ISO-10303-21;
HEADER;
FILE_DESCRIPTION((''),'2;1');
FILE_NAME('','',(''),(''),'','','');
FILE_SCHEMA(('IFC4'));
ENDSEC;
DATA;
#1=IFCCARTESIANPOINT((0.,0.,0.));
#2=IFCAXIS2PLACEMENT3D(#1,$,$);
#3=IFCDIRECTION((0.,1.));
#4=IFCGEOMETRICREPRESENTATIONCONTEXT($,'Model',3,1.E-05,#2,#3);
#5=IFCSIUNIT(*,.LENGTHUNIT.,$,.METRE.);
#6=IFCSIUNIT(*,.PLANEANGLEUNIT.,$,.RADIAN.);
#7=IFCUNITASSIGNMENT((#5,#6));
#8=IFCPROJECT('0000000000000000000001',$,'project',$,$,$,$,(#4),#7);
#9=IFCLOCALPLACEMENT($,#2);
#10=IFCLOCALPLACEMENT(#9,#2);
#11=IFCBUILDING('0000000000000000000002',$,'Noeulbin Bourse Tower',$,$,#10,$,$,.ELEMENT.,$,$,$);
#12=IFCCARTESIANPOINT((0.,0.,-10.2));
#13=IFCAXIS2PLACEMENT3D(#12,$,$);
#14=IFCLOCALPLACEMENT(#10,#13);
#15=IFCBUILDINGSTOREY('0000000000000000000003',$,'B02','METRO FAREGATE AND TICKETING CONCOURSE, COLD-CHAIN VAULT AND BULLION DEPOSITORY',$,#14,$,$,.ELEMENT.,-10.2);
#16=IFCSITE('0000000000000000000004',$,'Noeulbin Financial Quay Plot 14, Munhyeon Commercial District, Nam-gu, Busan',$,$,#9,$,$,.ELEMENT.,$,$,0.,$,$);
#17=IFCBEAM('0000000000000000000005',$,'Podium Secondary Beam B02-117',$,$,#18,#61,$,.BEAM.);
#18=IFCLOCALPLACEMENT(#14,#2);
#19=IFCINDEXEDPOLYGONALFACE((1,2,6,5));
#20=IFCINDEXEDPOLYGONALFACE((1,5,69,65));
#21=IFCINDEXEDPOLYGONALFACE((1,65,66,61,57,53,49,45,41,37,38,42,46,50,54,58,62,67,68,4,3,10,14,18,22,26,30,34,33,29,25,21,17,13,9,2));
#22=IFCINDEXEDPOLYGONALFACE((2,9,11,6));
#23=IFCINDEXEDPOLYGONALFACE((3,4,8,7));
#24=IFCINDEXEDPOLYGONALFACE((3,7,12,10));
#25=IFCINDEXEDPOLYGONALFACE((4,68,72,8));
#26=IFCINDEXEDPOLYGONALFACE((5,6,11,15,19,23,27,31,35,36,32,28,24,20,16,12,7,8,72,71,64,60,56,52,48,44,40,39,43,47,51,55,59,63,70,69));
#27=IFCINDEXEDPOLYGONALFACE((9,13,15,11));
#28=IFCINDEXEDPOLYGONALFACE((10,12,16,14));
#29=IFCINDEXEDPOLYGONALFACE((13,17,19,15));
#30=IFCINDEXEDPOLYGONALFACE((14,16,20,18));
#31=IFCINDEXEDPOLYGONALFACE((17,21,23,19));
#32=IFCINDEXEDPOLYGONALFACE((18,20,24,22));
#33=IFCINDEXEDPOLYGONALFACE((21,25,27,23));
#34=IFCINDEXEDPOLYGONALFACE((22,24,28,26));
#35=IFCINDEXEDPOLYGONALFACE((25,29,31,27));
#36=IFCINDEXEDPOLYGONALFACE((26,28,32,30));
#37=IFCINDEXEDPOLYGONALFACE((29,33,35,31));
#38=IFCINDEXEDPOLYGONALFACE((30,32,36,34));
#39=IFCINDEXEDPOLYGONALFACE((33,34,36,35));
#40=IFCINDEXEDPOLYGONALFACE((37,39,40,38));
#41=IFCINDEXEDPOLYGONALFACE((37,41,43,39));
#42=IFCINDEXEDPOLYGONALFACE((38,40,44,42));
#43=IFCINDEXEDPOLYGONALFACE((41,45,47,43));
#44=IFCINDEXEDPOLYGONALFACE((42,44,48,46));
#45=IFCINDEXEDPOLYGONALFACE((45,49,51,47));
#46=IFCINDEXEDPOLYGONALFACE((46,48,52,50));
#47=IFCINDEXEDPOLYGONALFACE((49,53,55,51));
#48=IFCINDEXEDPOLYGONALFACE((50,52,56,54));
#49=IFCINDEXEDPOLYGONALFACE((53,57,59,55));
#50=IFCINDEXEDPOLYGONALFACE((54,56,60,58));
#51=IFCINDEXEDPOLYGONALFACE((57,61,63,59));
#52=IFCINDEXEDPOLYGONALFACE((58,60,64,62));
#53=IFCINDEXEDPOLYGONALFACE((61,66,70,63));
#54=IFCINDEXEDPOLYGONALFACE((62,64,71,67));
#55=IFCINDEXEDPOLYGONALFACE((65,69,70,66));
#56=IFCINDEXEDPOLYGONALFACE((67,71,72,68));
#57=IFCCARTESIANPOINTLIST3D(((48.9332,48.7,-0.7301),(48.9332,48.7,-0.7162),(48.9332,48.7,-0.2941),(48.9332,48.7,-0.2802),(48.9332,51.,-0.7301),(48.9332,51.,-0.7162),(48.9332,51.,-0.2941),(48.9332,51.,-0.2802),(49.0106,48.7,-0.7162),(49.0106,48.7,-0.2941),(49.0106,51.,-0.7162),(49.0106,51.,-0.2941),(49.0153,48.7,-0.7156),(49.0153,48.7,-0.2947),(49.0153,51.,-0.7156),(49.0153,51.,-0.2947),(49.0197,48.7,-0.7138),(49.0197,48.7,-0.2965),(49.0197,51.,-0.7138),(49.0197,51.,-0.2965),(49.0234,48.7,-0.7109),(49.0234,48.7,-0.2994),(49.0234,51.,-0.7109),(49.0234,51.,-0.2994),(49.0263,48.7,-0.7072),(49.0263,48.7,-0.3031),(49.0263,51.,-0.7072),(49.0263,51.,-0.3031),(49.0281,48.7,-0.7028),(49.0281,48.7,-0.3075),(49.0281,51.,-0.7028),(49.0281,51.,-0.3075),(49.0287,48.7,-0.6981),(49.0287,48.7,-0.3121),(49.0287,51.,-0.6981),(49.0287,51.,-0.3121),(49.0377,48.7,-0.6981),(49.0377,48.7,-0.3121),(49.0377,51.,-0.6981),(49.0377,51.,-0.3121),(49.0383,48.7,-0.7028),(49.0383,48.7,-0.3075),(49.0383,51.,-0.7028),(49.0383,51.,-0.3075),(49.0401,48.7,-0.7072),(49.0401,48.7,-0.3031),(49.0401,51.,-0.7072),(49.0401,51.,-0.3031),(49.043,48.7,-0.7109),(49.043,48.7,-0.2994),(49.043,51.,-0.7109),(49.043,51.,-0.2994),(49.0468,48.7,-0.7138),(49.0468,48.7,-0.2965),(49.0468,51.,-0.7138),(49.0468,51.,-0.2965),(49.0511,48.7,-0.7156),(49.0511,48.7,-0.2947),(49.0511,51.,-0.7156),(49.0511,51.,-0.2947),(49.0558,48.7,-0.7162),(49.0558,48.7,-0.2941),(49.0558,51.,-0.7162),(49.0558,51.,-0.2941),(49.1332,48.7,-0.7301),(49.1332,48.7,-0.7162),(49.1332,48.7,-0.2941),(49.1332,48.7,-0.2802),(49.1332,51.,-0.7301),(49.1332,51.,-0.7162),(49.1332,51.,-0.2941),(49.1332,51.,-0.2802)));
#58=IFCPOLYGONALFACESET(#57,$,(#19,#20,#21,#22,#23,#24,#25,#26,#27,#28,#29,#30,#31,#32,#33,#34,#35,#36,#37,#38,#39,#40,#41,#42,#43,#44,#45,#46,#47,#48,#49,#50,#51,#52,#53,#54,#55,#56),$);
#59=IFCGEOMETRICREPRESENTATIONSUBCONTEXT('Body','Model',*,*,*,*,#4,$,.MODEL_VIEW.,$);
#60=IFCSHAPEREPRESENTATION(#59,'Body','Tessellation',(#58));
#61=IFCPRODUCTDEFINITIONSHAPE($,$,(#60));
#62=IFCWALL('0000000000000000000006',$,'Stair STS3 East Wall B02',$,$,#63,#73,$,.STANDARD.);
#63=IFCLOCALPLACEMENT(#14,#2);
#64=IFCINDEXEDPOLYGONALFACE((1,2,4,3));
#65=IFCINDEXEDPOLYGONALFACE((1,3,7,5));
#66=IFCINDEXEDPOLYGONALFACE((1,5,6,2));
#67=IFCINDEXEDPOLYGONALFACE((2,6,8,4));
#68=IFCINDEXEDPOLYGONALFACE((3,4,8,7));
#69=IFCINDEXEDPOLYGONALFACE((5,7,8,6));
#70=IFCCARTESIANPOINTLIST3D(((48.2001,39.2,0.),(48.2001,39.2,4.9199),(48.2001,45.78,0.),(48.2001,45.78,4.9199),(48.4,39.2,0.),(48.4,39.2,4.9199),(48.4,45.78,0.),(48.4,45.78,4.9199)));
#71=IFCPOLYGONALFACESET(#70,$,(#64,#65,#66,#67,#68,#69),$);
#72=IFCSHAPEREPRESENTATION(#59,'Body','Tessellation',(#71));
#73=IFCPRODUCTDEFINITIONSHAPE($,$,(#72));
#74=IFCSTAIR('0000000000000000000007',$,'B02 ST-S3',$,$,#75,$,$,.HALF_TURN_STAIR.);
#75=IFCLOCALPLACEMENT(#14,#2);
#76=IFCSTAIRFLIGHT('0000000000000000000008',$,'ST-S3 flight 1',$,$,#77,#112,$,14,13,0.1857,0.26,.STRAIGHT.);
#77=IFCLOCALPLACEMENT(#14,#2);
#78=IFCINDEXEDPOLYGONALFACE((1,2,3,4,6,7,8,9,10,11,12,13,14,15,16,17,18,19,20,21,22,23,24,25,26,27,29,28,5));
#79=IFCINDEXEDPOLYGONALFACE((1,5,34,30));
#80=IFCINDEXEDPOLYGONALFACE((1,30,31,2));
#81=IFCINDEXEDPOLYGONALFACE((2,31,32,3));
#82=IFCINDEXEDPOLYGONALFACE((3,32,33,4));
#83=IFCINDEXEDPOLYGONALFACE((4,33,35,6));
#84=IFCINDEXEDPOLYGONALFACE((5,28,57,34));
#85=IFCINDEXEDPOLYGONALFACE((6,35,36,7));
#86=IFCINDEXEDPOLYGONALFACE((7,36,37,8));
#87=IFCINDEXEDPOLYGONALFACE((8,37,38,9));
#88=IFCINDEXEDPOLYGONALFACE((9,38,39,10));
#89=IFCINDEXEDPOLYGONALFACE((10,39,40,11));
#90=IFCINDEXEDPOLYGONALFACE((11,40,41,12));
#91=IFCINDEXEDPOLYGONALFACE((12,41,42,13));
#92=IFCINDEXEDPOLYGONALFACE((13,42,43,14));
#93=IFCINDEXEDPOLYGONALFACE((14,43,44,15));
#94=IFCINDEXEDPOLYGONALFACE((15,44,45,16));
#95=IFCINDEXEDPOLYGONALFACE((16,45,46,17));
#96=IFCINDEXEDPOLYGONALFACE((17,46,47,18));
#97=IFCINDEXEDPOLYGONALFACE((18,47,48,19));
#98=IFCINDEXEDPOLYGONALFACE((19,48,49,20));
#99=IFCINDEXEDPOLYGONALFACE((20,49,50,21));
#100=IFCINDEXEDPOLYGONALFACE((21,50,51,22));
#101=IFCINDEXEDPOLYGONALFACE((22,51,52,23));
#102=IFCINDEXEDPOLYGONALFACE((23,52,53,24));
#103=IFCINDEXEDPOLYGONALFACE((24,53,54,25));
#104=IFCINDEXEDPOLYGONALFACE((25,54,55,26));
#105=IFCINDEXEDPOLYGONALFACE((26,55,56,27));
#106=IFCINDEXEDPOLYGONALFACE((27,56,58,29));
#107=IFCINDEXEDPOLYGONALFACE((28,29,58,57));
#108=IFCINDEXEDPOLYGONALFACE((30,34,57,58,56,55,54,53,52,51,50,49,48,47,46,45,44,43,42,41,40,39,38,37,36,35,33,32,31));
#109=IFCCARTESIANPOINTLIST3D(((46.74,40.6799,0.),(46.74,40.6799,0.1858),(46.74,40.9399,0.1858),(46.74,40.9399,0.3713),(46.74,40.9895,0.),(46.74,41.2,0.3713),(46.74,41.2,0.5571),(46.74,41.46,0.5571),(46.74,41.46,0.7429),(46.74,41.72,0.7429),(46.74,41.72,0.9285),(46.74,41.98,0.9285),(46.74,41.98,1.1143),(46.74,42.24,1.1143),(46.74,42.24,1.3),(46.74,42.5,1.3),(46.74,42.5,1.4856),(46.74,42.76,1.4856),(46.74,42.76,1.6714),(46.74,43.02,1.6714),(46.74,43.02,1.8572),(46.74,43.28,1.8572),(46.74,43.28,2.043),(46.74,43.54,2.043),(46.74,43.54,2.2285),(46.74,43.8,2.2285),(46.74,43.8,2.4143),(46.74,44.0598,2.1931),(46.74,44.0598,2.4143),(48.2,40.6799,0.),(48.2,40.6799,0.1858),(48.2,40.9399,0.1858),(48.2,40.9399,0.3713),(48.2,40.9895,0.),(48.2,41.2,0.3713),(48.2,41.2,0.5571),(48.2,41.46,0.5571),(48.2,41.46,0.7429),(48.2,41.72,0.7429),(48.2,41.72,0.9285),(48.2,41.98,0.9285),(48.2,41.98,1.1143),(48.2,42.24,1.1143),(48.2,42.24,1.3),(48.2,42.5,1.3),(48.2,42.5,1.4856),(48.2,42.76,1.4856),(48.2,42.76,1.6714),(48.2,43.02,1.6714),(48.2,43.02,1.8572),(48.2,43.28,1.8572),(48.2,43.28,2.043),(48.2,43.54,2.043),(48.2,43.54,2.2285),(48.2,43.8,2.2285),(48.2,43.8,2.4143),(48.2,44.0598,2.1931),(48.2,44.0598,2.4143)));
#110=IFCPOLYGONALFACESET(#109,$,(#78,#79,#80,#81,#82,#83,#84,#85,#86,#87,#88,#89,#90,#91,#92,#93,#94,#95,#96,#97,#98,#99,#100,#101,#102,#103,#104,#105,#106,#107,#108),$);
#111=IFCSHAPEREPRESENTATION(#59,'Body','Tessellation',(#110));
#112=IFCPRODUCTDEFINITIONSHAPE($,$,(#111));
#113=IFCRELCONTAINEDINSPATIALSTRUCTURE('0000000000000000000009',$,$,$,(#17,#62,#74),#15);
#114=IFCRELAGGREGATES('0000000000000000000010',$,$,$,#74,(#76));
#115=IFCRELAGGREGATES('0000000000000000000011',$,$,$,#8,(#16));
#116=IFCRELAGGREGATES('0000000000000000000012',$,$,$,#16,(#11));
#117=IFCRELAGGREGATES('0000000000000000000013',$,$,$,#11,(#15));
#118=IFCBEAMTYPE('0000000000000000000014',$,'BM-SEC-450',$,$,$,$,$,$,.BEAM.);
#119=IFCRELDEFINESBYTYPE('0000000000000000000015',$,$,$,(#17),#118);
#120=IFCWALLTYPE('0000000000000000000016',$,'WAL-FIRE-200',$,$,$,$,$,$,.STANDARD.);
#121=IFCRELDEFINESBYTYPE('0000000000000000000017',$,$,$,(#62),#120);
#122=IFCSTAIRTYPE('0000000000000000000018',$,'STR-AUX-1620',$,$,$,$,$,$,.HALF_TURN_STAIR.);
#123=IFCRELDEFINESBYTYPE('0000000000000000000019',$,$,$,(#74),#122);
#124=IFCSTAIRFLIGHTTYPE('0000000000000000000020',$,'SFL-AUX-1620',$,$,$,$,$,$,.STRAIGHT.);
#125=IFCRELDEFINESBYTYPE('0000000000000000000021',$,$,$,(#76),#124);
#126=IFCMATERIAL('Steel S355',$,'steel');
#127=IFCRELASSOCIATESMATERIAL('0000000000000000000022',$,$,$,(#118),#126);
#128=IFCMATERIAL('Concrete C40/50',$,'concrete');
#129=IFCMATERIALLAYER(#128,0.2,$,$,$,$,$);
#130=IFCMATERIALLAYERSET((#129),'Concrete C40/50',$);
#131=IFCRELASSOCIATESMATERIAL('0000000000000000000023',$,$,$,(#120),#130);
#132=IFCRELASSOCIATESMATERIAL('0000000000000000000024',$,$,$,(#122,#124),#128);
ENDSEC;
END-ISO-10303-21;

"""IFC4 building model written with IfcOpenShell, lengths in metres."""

from ifc_helpers import new_model, si_unit, direction, frame, frame_2d, origin, origin_2d, place, context, subcontext, project, spatial, polyline, rectangle, i_section, outline, extrude, material, layer, layer_set, material_profile, profile_set, type_object, element, aggregate, save


model = new_model("IFC4")

# Units and contexts
model_context = context("Model", 3, precision=1e-05, world=origin(), true_north=direction((0.0, 1.0)))
body_context = subcontext(model_context, "Body", "Model", "MODEL_VIEW")
ifc_project = project(units=[si_unit("LENGTHUNIT", "METRE"), si_unit("PLANEANGLEUNIT", "RADIAN")], contexts=[model_context])

# Site, building, storey
site_placement = place(None, origin())
site = spatial("IfcSite", under=ifc_project, at=site_placement, Name="Noeulbin Financial Quay Plot 14, Munhyeon Commercial District, Nam-gu, Busan", CompositionType="ELEMENT", RefElevation=0.0)
building_placement = place(site_placement, origin())
building = spatial("IfcBuilding", under=site, at=building_placement, Name="Noeulbin Bourse Tower", CompositionType="ELEMENT")
storey_placement = place(building_placement, frame((0.0, 0.0, -10.2)))
storey = spatial("IfcBuildingStorey", under=building, at=storey_placement, Name="B02", Description="METRO FAREGATE AND TICKETING CONCOURSE, COLD-CHAIN VAULT AND BULLION DEPOSITORY", CompositionType="ELEMENT", Elevation=-10.2)

# Beam
ifc_material_1 = material(Name="Steel S355", Category="steel")
ifc_material_profile_1 = material_profile(ifc_material_1, i_section(OverallWidth=0.2, OverallDepth=0.45, WebThickness=0.009, FlangeThickness=0.0139, FilletRadius=0.0181, at=origin_2d()), Name="H-450x200x9x14", Category="LoadBearing")
ifc_profile_set_1 = profile_set([ifc_material_profile_1], Name="Steel S355")
beam_type_1 = type_object("IfcBeamType", Name="BM-SEC-450", PredefinedType="BEAM", material=ifc_profile_set_1)
beam_1_placement = place(storey_placement, frame((49.0332, 48.7, -0.5051), z_axis=(0.0, 1.0, 0.0), x_axis=(-1.0, 0.0, 0.0)))
element("IfcBeam", 1, at=beam_1_placement, inside=storey, type_object=beam_type_1, Name="Podium Secondary Beam B02-117", PredefinedType="BEAM", context=body_context, shape_type="SweptSolid", body=[
    extrude(i_section(OverallWidth=0.2, OverallDepth=0.45, WebThickness=0.009, FlangeThickness=0.0139, FilletRadius=0.0181, at=origin_2d()), origin(), (0.0, 0.0, 1.0), 2.3),
])

# Wall
ifc_material_2 = material(Name="Concrete C40/50", Category="concrete")
ifc_layer_1 = layer(ifc_material_2, 0.2)
ifc_layer_set_1 = layer_set([ifc_layer_1], Name="Concrete C40/50")
wall_type = type_object("IfcWallType", Name="WAL-FIRE-200", PredefinedType="STANDARD", material=ifc_layer_set_1)
wall_placement = place(storey_placement, frame((48.3, 39.2, 0.0), z_axis=(0.0, 0.0, 1.0), x_axis=(0.0, 1.0, 0.0)))
element("IfcWall", 2, at=wall_placement, inside=storey, type_object=wall_type, Name="Stair STS3 East Wall B02", PredefinedType="STANDARD", context=body_context, shape_type="SweptSolid", body=[
    extrude(rectangle(XDim=6.5801, YDim=0.2, at=frame_2d((3.29, 0.0))), origin(), (0.0, 0.0, 1.0), 4.9199),
])

# Stair, stair flight
stair_type = type_object("IfcStairType", Name="STR-AUX-1620", PredefinedType="HALF_TURN_STAIR", material=ifc_material_2)
stair_placement = place(storey_placement, origin())
stair = element("IfcStair", 3, at=stair_placement, inside=storey, type_object=stair_type, Name="B02 ST-S3", PredefinedType="HALF_TURN_STAIR")
stair_flight_type = type_object("IfcStairFlightType", Name="SFL-AUX-1620", PredefinedType="STRAIGHT", material=ifc_material_2)
stair_flight_placement = place(storey_placement, frame((47.47, 40.6799, 0.0), z_axis=(0.0, 0.0, 1.0), x_axis=(0.0, 1.0, 0.0)))
stair_flight = element("IfcStairFlight", 4, at=stair_flight_placement, type_object=stair_flight_type, Name="ST-S3 flight 1", NumberOfRisers=14, NumberOfTreads=13, PredefinedType="STRAIGHT", RiserHeight=0.1857, TreadLength=0.26, context=body_context, shape_type="SweptSolid", body=[
    extrude(outline(polyline([(0.0, 0.0), (0.0, 0.1858), (0.26, 0.1858), (0.26, 0.3713), (0.52, 0.3713), (0.52, 0.5571), (0.78, 0.5571), (0.78, 0.7429), (1.04, 0.7429), (1.04, 0.9285), (1.3, 0.9285), (1.3, 1.1143), (1.5601, 1.1143), (1.5601, 1.3), (1.8201, 1.3), (1.8201, 1.4856), (2.0801, 1.4856), (2.0801, 1.6714), (2.3401, 1.6714), (2.3401, 1.8572), (2.6001, 1.8572), (2.6001, 2.043), (2.8601, 2.043), (2.8601, 2.2285), (3.1201, 2.2285), (3.1201, 2.4143), (3.3799, 2.4143), (3.3799, 2.6001), (3.3799, 2.1931), (0.3096, 0.0), (0.0, 0.0)])), frame((0.0, 0.73, 0.0), z_axis=(0.0, -1.0, 0.0), x_axis=(1.0, 0.0, 0.0)), (0.0, 0.0, 1.0), 1.46),
])
aggregate(stair, [stair_flight])

save(model, "model.ifc")
